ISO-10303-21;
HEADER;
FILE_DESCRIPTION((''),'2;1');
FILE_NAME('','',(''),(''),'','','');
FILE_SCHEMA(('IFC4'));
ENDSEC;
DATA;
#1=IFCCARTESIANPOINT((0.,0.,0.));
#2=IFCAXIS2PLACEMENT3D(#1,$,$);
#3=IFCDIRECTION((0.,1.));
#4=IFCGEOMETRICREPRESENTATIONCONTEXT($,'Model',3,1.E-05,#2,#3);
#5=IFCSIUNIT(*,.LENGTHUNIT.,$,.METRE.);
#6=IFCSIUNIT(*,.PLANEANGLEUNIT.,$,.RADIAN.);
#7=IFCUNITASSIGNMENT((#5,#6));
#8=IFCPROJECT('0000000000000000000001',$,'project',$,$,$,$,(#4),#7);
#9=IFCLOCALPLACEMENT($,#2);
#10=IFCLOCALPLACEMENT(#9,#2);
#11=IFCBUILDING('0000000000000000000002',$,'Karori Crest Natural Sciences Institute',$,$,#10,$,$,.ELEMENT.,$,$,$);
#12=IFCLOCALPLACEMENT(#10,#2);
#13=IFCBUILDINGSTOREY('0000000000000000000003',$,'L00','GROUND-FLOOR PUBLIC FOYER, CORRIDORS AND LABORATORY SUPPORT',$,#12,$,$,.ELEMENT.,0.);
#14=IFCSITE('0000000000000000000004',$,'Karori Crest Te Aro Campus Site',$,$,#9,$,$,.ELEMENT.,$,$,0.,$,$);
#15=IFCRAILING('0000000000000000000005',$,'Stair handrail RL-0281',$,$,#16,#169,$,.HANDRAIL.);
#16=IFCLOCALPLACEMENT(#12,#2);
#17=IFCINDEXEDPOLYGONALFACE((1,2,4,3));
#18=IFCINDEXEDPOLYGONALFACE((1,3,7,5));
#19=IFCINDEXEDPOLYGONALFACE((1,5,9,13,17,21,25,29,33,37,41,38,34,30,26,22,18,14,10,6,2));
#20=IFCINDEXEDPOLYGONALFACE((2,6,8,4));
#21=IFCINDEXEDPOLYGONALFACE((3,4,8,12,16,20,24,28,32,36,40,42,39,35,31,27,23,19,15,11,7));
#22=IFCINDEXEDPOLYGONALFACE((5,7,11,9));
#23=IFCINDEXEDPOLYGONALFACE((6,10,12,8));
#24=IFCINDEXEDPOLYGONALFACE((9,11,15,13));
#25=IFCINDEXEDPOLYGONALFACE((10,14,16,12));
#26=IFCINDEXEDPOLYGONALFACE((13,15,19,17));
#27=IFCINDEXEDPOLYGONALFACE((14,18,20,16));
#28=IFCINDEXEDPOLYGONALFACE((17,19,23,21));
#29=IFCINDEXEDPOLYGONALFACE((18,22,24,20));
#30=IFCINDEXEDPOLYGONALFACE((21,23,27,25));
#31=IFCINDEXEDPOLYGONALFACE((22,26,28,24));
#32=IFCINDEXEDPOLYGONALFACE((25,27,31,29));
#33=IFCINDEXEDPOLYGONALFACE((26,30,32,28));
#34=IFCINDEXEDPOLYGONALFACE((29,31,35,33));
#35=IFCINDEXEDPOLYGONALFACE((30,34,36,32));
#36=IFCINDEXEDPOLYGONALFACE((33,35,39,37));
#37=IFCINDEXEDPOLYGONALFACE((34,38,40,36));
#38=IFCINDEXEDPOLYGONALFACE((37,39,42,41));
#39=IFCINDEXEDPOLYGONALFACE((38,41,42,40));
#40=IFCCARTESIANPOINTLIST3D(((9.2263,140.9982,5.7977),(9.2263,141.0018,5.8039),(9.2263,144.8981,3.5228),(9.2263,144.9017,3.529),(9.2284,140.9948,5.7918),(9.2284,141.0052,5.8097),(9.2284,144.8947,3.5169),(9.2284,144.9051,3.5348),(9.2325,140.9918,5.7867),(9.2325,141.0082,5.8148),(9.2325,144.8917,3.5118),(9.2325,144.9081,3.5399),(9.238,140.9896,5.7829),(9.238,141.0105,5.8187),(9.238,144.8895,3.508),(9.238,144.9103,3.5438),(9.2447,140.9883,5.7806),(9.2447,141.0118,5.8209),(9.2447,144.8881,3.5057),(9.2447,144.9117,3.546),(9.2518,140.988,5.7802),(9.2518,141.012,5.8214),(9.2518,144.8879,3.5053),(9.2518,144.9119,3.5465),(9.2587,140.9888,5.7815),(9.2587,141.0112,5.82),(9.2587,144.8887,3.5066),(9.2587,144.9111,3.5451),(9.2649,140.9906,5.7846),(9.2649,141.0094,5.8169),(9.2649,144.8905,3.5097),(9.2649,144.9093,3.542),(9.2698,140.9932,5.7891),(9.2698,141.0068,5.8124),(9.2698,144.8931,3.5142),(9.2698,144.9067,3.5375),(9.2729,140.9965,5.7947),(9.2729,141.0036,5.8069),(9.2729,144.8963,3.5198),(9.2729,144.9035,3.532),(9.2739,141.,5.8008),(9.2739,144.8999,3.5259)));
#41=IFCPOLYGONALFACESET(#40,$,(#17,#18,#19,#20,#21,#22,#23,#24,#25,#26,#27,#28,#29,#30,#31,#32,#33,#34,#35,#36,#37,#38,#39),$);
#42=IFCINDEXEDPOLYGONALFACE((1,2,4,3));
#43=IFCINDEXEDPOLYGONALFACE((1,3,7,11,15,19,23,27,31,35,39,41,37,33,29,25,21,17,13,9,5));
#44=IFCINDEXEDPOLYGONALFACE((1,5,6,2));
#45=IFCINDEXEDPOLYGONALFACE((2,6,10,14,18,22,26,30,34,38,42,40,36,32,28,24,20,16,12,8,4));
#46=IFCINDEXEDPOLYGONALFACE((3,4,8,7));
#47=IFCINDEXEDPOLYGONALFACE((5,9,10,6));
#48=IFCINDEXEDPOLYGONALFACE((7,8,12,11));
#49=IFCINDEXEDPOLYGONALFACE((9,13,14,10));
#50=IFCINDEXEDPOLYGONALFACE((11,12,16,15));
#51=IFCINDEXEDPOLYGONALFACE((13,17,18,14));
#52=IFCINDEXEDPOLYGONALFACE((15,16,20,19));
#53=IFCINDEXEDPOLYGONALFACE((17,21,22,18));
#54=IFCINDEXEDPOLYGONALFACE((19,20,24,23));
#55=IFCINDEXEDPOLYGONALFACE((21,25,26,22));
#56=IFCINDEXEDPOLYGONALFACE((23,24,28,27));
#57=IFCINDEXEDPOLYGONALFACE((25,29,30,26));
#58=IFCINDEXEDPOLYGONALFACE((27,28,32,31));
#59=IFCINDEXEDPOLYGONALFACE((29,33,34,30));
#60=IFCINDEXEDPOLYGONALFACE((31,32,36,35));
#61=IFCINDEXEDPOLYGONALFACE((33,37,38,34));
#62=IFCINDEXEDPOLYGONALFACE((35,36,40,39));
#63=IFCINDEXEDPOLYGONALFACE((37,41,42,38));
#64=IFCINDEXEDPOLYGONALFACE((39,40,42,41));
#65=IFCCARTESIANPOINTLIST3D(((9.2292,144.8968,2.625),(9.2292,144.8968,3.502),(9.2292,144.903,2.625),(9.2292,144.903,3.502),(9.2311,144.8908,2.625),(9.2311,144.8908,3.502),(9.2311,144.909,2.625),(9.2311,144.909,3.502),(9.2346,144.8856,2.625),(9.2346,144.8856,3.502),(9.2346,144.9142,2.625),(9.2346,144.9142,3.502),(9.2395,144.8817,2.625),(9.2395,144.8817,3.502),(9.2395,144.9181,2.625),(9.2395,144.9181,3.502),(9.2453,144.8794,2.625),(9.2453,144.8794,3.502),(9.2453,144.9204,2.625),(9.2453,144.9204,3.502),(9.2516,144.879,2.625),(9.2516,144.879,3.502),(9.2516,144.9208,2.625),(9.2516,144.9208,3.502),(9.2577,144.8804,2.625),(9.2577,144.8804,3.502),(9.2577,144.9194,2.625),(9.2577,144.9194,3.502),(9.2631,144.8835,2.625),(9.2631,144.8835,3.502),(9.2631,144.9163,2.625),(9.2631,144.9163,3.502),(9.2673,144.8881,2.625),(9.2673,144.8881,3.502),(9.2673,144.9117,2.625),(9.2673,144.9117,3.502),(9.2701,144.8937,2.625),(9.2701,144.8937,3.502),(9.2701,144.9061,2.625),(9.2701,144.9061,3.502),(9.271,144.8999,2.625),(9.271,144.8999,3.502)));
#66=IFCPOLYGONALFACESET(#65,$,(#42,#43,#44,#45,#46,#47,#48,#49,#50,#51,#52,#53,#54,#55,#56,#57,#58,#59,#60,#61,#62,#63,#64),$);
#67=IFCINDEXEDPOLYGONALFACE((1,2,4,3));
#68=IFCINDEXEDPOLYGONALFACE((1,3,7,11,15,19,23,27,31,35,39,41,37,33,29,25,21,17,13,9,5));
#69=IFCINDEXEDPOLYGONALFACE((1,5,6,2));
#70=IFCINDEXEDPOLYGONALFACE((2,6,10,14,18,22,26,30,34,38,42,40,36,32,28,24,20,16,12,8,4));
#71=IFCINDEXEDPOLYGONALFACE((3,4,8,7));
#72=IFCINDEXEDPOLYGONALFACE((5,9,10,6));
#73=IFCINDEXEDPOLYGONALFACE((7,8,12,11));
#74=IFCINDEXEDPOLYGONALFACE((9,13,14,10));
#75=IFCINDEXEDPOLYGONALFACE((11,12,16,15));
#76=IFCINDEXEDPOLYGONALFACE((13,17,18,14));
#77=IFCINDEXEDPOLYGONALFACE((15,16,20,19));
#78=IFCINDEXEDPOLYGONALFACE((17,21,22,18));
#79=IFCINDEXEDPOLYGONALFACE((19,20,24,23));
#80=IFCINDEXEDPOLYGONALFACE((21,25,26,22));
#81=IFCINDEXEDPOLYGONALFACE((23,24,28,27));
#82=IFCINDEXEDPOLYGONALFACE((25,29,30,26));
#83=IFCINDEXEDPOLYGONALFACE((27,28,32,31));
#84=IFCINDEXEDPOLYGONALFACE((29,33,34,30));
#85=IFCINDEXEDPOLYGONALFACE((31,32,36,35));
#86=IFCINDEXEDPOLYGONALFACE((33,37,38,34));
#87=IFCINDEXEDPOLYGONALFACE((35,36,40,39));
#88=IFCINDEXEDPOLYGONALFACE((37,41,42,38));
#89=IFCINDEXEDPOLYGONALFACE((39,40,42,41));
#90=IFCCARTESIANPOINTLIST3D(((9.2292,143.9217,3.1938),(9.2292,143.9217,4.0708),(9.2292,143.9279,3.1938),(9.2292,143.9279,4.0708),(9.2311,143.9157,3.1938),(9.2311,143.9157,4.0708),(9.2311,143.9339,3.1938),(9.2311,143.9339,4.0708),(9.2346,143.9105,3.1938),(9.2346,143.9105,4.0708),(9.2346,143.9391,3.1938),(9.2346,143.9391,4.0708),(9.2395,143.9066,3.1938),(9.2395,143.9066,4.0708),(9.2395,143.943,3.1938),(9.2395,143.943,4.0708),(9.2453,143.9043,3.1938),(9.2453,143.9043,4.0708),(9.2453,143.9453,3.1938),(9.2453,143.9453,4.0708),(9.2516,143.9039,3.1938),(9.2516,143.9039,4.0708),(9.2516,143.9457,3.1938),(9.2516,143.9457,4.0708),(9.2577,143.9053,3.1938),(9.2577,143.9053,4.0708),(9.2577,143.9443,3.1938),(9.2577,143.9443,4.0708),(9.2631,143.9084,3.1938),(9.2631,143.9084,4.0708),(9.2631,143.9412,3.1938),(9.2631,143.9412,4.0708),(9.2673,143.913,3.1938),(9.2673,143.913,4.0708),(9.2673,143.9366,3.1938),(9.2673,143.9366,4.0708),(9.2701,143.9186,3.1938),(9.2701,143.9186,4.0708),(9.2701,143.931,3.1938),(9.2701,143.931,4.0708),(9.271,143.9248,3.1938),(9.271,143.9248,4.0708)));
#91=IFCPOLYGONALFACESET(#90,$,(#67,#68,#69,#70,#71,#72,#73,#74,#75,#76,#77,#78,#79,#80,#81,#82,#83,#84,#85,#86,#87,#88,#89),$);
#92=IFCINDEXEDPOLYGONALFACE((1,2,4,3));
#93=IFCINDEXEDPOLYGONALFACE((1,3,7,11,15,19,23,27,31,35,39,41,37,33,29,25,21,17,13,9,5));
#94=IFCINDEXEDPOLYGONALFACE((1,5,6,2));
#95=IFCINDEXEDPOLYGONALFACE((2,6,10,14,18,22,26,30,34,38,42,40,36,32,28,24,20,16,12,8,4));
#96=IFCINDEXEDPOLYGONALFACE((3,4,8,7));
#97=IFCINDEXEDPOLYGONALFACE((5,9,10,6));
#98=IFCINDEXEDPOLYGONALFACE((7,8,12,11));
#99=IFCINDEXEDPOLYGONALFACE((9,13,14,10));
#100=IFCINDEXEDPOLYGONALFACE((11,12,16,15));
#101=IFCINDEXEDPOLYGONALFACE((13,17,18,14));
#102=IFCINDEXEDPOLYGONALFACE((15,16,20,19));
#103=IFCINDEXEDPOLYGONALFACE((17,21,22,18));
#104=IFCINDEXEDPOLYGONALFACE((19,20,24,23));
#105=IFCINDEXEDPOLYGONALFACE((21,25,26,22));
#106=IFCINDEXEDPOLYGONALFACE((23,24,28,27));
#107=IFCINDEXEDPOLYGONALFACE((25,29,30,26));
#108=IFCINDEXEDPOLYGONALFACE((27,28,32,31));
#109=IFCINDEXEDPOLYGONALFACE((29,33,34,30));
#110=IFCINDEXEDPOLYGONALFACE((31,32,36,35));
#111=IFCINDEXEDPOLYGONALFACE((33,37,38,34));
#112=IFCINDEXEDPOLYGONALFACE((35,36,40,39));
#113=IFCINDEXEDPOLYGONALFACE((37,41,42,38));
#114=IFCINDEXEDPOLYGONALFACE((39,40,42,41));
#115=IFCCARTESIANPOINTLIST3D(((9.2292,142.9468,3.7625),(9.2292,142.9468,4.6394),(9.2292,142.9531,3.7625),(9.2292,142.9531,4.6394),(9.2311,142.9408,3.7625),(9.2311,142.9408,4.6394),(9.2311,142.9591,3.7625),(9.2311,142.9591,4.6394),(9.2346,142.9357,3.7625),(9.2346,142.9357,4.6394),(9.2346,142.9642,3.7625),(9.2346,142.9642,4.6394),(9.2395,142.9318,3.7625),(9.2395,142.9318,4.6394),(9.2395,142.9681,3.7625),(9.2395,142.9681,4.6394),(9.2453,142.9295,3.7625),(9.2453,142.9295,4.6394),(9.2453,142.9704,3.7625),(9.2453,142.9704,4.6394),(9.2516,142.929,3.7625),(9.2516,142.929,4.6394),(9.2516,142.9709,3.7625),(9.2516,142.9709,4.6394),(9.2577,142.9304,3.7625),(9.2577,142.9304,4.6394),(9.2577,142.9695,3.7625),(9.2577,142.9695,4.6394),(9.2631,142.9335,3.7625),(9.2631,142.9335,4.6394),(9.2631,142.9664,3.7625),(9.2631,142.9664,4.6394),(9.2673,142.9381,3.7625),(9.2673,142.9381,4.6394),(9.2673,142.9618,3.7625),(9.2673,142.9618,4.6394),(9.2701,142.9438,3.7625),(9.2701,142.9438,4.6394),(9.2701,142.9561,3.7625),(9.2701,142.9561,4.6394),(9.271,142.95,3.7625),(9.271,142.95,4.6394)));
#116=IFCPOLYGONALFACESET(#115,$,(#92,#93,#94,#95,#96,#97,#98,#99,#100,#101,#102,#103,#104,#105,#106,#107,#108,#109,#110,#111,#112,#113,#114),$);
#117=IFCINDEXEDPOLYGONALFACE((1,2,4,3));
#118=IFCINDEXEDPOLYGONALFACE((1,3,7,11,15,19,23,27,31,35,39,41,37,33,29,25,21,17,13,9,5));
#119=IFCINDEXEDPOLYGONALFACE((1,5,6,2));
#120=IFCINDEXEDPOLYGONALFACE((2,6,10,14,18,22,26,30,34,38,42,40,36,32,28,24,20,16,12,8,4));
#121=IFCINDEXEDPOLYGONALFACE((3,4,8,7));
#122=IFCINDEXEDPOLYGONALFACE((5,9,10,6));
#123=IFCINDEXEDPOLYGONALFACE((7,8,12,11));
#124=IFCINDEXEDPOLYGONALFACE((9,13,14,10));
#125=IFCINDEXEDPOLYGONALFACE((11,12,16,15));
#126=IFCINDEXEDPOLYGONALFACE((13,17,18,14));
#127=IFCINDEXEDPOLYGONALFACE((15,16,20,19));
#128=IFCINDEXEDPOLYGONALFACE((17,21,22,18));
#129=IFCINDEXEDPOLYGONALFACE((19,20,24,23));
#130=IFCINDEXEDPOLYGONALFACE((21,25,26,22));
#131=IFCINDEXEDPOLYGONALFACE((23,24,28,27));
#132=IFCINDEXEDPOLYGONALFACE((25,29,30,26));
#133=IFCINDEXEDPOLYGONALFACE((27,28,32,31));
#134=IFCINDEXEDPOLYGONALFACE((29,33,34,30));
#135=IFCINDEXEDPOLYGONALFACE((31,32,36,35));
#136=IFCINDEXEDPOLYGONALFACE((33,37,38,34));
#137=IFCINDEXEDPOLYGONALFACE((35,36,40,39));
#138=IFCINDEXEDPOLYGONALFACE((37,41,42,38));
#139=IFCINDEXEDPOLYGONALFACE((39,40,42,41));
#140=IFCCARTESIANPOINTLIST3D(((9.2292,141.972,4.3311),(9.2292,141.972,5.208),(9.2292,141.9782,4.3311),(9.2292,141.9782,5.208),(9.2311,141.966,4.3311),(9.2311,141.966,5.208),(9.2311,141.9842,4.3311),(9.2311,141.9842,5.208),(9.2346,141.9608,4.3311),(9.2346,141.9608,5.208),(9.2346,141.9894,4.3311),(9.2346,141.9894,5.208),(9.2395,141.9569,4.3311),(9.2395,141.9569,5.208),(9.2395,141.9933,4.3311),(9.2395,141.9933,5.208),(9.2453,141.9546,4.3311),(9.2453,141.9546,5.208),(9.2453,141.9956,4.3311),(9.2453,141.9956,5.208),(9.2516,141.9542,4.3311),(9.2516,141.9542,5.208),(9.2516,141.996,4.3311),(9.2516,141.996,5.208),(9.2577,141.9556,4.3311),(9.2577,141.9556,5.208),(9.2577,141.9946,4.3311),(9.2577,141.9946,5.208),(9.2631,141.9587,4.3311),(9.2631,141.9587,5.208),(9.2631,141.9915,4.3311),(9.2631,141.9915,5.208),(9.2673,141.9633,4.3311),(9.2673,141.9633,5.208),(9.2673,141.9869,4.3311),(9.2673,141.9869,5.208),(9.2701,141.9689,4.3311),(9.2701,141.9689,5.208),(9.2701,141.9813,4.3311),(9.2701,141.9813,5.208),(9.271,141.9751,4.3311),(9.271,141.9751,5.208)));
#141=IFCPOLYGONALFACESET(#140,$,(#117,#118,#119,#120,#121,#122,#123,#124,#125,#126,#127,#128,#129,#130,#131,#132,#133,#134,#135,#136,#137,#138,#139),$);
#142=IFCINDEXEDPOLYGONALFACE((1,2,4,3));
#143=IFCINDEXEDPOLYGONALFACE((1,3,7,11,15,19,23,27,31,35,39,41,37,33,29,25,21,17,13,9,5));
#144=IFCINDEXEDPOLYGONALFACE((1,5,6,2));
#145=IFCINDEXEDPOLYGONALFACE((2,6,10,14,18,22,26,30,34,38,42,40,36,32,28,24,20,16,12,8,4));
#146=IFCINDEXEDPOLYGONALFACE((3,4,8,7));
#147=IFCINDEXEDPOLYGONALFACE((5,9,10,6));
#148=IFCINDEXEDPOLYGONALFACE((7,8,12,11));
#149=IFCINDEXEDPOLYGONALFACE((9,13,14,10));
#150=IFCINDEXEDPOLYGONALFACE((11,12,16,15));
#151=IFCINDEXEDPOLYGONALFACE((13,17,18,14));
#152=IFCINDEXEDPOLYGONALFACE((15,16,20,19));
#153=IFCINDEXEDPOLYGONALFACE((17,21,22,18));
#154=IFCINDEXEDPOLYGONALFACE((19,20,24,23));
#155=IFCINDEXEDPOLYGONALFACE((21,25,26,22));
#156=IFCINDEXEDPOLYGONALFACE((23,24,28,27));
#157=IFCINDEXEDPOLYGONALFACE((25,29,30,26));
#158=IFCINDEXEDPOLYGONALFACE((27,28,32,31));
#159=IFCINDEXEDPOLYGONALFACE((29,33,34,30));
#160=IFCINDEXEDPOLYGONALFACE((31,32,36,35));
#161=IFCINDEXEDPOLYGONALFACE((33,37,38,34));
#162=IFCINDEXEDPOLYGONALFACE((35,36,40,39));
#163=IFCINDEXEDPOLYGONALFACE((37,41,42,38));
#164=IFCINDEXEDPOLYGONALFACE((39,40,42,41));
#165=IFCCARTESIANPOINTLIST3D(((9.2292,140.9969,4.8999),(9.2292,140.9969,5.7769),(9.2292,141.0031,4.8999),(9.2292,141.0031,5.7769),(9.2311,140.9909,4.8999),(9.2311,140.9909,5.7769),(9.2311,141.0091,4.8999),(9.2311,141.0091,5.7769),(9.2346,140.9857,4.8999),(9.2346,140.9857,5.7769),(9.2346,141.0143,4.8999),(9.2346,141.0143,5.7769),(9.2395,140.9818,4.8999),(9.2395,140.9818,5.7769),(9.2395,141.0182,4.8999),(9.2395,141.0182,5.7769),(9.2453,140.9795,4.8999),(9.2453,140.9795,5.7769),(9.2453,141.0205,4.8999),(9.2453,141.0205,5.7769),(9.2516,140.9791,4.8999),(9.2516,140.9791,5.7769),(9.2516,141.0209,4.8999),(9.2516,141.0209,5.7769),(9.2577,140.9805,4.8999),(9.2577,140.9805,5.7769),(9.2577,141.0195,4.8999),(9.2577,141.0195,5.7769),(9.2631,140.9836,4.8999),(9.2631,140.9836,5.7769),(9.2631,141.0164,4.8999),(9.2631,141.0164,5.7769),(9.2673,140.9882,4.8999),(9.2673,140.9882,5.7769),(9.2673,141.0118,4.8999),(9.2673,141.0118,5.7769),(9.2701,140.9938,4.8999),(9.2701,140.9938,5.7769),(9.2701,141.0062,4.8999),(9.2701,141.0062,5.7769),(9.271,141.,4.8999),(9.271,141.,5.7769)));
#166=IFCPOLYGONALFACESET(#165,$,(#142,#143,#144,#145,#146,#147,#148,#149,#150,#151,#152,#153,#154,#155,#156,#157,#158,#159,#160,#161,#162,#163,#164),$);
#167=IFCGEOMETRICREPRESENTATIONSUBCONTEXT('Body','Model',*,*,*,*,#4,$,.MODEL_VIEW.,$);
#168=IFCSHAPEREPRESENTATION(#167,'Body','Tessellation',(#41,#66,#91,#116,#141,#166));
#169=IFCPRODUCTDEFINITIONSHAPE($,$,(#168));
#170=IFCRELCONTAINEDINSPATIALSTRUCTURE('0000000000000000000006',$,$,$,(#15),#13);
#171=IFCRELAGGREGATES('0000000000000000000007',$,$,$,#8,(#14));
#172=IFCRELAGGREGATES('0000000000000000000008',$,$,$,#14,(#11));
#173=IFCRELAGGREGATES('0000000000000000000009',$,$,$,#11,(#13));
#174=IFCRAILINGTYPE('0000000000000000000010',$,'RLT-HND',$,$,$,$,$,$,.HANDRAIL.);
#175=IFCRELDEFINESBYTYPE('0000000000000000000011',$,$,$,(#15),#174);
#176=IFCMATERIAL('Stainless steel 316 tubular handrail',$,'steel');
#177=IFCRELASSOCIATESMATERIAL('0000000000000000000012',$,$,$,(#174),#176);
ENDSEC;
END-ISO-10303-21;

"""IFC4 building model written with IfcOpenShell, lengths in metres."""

from ifc_helpers import new_model, si_unit, direction, frame, origin, origin_2d, place, context, subcontext, project, spatial, circle, extrude, material, type_object, element, save


model = new_model("IFC4")

# Units and contexts
model_context = context("Model", 3, precision=1e-05, world=origin(), true_north=direction((0.0, 1.0)))
body_context = subcontext(model_context, "Body", "Model", "MODEL_VIEW")
ifc_project = project(units=[si_unit("LENGTHUNIT", "METRE"), si_unit("PLANEANGLEUNIT", "RADIAN")], contexts=[model_context])

# Site, building, storey
site_placement = place(None, origin())
site = spatial("IfcSite", under=ifc_project, at=site_placement, Name="Karori Crest Te Aro Campus Site", CompositionType="ELEMENT", RefElevation=0.0)
building_placement = place(site_placement, origin())
building = spatial("IfcBuilding", under=site, at=building_placement, Name="Karori Crest Natural Sciences Institute", CompositionType="ELEMENT")
storey_placement = place(building_placement, origin())
storey = spatial("IfcBuildingStorey", under=building, at=storey_placement, Name="L00", Description="GROUND-FLOOR PUBLIC FOYER, CORRIDORS AND LABORATORY SUPPORT", CompositionType="ELEMENT", Elevation=0.0)

# Railing
ifc_material_1 = material(Name="Stainless steel 316 tubular handrail", Category="steel")
railing_type_1 = type_object("IfcRailingType", Name="RLT-HND", PredefinedType="HANDRAIL", material=ifc_material_1)
railing_1_placement = place(storey_placement, frame((9.25, 144.8999, 2.625)))
element("IfcRailing", 1, at=railing_1_placement, inside=storey, type_object=railing_type_1, Name="Stair handrail RL-0281", PredefinedType="HANDRAIL", context=body_context, shape_type="SweptSolid", body=[
    extrude(circle(Radius=0.0239, at=origin_2d()), frame((0.0, 0.0, 0.9009), z_axis=(0.0, -0.863783, 0.503864), x_axis=(1.0, 0.0, 0.0)), (0.0, 0.0, 1.0), 4.5149),
    extrude(circle(Radius=0.021, at=origin_2d()), origin(), (0.0, 0.0, 1.0), 0.877),
    extrude(circle(Radius=0.021, at=origin_2d()), frame((0.0, -0.9751, 0.5688)), (0.0, 0.0, 1.0), 0.877),
    extrude(circle(Radius=0.021, at=origin_2d()), frame((0.0, -1.95, 1.1375)), (0.0, 0.0, 1.0), 0.877),
    extrude(circle(Radius=0.021, at=origin_2d()), frame((0.0, -2.9248, 1.7061)), (0.0, 0.0, 1.0), 0.877),
    extrude(circle(Radius=0.021, at=origin_2d()), frame((0.0, -3.8999, 2.2749)), (0.0, 0.0, 1.0), 0.877),
])

save(model, "model.ifc")
